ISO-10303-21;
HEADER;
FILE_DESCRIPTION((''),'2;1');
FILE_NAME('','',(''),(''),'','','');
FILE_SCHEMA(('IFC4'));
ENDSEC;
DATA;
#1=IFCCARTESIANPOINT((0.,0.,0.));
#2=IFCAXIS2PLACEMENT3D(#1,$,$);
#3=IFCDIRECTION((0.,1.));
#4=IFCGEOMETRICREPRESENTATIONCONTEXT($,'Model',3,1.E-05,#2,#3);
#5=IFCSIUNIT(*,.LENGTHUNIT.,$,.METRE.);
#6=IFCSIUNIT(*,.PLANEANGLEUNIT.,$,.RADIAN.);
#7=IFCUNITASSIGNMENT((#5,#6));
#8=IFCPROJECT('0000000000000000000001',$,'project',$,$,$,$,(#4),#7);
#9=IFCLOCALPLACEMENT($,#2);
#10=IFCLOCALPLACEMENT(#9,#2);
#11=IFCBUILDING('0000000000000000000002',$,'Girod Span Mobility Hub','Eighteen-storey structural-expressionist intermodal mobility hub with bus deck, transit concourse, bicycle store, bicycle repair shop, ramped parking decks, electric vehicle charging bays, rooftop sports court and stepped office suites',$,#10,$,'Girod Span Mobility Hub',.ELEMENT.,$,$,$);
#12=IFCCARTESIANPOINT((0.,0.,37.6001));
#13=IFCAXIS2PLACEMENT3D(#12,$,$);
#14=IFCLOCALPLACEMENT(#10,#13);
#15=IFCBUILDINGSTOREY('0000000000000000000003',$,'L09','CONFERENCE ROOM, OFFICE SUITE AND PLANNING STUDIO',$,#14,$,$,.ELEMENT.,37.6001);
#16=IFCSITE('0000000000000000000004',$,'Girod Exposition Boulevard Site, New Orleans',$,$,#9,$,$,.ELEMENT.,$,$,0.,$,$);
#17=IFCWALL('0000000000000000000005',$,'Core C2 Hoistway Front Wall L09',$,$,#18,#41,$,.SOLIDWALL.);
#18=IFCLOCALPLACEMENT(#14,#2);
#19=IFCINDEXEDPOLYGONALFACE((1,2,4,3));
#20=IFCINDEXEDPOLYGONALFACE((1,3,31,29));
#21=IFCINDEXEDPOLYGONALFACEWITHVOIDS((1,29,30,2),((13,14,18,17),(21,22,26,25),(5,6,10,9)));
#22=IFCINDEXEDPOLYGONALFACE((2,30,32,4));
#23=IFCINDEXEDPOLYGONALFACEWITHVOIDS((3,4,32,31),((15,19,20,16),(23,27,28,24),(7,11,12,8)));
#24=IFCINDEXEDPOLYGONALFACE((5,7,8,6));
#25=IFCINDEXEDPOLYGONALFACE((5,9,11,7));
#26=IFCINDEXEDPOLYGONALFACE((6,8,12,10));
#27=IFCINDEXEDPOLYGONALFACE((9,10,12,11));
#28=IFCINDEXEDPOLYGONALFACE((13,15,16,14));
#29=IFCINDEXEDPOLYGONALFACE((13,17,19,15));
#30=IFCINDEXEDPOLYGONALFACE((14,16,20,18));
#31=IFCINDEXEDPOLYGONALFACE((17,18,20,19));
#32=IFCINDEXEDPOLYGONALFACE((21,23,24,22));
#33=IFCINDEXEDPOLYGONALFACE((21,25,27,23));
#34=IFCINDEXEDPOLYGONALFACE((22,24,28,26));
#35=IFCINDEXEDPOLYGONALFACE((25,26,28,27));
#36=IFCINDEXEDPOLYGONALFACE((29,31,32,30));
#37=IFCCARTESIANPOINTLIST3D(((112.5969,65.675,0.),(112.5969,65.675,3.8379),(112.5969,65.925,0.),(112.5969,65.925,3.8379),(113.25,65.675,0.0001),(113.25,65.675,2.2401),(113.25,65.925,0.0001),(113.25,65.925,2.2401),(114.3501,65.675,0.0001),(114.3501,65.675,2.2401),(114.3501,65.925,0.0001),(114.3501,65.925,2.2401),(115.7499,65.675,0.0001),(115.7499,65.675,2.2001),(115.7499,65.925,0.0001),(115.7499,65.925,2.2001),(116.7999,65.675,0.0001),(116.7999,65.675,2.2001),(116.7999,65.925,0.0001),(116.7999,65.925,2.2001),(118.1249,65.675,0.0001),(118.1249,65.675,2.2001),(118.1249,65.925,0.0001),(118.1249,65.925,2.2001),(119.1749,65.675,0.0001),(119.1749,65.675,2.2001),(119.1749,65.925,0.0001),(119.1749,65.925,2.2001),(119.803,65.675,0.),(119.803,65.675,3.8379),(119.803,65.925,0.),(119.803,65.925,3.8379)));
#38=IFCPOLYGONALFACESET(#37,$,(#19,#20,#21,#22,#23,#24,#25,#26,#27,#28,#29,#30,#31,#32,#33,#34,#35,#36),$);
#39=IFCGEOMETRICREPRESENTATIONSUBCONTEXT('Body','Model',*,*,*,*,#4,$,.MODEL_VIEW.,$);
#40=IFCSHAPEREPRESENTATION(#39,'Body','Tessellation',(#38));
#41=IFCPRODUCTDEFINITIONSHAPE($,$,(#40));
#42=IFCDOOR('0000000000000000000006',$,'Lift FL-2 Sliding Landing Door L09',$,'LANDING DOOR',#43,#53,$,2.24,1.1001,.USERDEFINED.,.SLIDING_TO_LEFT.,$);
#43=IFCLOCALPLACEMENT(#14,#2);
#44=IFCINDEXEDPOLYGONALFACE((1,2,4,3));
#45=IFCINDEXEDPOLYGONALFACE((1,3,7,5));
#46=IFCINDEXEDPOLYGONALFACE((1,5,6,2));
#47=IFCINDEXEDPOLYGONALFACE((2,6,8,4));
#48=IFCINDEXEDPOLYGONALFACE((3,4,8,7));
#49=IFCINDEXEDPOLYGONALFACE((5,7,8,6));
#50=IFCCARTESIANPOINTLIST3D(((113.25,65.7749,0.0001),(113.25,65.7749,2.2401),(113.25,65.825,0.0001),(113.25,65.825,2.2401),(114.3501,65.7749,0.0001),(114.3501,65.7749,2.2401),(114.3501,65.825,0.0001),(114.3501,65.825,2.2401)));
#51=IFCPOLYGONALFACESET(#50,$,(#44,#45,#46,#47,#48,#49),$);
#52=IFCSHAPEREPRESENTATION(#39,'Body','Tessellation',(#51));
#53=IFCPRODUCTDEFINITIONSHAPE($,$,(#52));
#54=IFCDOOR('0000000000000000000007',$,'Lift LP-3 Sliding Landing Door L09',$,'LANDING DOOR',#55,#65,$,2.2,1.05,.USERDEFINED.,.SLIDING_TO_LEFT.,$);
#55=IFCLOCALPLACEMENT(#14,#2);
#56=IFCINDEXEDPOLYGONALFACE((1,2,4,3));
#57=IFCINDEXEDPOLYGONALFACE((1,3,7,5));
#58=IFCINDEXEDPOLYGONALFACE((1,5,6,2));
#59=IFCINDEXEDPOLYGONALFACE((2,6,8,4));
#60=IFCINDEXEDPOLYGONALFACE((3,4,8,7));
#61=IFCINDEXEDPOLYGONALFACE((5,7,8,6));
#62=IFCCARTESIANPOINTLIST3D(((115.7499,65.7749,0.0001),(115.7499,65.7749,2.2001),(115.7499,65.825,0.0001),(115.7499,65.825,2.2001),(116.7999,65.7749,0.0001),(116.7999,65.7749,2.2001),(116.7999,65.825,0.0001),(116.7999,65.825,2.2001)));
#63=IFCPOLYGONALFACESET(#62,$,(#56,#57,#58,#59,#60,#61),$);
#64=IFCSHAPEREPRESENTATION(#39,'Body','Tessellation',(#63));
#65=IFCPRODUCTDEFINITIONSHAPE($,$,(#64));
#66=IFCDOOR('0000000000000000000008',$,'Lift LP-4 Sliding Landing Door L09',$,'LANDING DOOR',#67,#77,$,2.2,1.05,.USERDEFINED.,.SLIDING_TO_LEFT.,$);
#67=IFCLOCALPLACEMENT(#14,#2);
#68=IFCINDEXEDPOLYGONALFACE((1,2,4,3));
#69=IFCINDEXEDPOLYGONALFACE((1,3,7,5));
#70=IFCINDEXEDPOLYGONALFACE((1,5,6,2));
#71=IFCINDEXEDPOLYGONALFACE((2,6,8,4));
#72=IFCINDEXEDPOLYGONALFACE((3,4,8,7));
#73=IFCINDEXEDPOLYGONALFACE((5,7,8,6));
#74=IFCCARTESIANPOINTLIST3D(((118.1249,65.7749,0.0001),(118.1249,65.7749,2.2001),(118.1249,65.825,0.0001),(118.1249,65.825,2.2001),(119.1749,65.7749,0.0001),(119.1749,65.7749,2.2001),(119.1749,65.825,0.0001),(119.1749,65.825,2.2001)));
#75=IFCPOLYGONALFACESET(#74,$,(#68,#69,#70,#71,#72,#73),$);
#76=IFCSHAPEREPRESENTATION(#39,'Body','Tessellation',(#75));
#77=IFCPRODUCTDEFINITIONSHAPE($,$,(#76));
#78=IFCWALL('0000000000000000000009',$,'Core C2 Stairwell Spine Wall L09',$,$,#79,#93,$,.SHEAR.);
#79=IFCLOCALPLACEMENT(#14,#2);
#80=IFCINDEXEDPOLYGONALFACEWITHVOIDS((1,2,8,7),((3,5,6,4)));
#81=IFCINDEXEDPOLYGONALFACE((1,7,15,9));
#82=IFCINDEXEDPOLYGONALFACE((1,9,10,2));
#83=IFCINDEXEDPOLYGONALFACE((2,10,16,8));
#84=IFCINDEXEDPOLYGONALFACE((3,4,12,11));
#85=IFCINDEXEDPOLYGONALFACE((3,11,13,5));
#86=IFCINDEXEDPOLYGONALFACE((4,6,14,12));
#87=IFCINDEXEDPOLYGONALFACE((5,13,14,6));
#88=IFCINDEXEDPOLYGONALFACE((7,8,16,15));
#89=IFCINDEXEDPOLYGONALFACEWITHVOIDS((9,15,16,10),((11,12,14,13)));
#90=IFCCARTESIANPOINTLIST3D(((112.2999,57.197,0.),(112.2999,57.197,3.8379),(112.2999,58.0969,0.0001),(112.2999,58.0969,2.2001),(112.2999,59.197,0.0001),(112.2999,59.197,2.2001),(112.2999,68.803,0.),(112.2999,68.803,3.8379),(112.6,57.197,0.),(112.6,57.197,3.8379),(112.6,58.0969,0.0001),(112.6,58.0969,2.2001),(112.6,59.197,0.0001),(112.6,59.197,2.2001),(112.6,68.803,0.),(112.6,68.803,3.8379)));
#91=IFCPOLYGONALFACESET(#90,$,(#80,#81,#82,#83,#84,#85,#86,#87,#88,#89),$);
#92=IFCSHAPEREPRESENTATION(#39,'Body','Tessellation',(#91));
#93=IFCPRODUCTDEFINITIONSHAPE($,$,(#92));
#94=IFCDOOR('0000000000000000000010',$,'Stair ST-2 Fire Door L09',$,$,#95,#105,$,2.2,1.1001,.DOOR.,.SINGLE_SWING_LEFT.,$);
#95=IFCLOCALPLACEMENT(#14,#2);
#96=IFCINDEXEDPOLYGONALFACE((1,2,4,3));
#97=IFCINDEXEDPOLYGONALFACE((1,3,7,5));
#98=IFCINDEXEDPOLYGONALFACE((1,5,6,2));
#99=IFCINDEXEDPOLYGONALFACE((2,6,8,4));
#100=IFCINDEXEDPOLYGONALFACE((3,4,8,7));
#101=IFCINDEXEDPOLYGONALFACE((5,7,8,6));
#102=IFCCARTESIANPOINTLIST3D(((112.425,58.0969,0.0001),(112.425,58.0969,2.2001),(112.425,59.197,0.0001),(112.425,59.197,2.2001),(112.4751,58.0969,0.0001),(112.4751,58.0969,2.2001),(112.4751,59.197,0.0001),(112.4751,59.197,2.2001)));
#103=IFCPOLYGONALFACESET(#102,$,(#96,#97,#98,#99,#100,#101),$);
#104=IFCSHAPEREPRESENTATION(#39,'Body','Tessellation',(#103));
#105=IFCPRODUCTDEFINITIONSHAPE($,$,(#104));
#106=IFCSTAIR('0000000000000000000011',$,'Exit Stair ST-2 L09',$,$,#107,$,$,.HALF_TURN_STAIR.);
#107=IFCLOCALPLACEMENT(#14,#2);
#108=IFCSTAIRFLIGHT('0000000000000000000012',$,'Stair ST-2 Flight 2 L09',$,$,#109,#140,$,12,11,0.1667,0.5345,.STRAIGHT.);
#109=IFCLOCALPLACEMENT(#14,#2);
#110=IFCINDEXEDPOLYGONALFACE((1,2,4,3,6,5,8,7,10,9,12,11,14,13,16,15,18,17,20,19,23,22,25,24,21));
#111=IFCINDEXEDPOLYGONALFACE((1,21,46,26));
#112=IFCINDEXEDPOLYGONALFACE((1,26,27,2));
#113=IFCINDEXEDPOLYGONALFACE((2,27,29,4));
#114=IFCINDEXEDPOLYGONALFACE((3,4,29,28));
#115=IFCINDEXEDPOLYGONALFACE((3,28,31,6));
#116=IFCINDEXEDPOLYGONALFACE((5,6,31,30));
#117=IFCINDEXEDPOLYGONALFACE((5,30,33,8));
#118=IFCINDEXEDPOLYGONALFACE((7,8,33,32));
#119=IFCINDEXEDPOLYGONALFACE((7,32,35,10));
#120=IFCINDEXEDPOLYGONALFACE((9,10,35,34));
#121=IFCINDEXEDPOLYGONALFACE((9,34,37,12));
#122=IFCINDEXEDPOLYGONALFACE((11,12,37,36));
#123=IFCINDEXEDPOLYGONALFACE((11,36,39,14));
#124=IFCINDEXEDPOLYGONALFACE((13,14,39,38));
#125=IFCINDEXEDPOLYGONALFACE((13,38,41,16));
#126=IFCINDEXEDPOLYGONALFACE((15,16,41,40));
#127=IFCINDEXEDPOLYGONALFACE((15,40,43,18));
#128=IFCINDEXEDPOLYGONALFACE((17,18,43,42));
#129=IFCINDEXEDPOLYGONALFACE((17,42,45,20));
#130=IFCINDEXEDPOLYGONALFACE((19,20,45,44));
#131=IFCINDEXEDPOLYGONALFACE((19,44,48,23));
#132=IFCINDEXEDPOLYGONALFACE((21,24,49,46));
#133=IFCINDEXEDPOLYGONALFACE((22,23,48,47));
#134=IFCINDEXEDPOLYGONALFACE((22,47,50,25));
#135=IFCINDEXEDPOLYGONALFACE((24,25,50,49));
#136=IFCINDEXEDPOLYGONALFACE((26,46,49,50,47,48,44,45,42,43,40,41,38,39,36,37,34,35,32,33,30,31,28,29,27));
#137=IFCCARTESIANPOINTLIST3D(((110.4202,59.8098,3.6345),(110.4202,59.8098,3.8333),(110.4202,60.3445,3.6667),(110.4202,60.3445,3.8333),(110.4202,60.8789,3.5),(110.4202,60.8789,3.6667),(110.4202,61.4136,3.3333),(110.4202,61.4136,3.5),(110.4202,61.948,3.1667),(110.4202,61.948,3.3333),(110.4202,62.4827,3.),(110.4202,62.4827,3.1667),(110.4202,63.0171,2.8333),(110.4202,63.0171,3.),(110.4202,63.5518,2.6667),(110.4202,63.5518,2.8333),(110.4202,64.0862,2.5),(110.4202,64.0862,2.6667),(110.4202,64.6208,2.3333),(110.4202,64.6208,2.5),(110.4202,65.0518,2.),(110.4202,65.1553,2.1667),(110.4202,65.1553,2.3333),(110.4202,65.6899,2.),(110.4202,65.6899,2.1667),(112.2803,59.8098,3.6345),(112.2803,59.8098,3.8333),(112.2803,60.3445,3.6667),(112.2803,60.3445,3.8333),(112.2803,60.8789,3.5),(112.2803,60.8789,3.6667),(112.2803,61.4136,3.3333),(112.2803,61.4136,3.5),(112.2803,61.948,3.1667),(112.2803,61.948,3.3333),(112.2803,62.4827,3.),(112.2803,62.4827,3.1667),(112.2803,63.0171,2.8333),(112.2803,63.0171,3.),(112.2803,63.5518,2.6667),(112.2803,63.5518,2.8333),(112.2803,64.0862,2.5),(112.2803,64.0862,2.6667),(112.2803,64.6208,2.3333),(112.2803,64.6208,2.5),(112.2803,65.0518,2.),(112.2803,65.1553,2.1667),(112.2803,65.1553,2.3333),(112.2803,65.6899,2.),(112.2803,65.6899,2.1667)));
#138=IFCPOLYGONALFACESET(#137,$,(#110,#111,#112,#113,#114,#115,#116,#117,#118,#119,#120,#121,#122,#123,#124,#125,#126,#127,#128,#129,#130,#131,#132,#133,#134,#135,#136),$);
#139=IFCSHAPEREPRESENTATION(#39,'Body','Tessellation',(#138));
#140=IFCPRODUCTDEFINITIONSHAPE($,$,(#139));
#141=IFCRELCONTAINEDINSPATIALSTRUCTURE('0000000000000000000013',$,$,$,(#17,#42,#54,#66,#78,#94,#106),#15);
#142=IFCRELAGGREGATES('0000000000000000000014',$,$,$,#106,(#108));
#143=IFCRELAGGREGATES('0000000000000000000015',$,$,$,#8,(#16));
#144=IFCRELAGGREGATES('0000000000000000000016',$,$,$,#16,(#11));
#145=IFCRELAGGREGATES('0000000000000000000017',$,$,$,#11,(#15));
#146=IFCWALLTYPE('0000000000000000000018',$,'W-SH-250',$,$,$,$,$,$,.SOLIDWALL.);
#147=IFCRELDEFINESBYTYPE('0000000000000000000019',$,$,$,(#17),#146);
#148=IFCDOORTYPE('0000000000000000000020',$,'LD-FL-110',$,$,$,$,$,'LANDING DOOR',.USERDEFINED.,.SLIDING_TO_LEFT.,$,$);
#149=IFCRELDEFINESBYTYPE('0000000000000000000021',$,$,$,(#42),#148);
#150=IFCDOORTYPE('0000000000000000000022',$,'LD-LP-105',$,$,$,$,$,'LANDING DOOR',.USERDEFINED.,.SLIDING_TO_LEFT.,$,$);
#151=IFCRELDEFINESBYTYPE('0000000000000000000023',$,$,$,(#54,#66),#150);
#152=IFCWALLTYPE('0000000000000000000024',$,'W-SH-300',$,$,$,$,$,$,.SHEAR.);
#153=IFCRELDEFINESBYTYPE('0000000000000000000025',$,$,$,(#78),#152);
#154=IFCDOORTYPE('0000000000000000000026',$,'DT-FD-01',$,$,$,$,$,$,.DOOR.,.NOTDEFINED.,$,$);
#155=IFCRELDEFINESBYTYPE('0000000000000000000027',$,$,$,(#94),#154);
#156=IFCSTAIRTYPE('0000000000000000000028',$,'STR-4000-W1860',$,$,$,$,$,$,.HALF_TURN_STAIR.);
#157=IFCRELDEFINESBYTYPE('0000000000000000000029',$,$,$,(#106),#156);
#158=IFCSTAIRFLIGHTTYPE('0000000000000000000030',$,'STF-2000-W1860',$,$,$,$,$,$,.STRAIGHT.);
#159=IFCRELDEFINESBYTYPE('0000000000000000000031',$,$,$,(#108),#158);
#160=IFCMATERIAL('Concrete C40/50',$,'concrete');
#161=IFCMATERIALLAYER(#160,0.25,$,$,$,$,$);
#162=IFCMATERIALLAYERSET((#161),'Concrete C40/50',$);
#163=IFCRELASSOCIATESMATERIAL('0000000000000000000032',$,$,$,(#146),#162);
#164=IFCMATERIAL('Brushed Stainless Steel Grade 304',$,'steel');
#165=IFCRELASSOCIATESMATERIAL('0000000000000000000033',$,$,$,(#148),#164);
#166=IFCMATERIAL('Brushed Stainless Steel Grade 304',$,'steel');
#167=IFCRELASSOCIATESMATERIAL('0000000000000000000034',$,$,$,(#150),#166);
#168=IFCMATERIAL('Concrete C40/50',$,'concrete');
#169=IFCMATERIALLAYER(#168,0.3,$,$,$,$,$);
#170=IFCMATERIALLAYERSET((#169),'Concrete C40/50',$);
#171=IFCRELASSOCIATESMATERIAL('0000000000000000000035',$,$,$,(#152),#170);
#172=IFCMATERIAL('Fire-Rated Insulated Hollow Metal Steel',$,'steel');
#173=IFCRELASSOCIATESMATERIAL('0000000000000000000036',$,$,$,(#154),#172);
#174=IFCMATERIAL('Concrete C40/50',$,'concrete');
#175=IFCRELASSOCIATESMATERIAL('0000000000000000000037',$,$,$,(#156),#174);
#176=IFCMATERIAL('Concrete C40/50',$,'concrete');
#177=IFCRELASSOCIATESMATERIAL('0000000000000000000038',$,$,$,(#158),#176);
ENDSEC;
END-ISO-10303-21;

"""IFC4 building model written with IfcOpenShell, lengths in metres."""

from ifc_helpers import new_model, si_unit, direction, frame, frame_2d, origin, place, context, subcontext, project, spatial, polyline, rectangle, outline, extrude, material, layer, layer_set, type_object, element, fill, aggregate, save


model = new_model("IFC4")

# Units and contexts
model_context = context("Model", 3, precision=1e-05, world=origin(), true_north=direction((0.0, 1.0)))
body_context = subcontext(model_context, "Body", "Model", "MODEL_VIEW")
ifc_project = project(units=[si_unit("LENGTHUNIT", "METRE"), si_unit("PLANEANGLEUNIT", "RADIAN")], contexts=[model_context])

# Site, building, storey
site_placement = place(None, origin())
site = spatial("IfcSite", under=ifc_project, at=site_placement, Name="Girod Exposition Boulevard Site, New Orleans", CompositionType="ELEMENT", RefElevation=0.0)
building_placement = place(site_placement, origin())
building = spatial("IfcBuilding", under=site, at=building_placement, Name="Girod Span Mobility Hub", Description="Eighteen-storey structural-expressionist intermodal mobility hub with bus deck, transit concourse, bicycle store, bicycle repair shop, ramped parking decks, electric vehicle charging bays, rooftop sports court and stepped office suites", LongName="Girod Span Mobility Hub", CompositionType="ELEMENT")
storey_placement = place(building_placement, frame((0.0, 0.0, 37.6001)))
storey = spatial("IfcBuildingStorey", under=building, at=storey_placement, Name="L09", Description="CONFERENCE ROOM, OFFICE SUITE AND PLANNING STUDIO", CompositionType="ELEMENT", Elevation=37.6001)

# Wall, openings, doors
ifc_material_1 = material(Name="Concrete C40/50", Category="concrete")
ifc_layer_1 = layer(ifc_material_1, 0.25)
ifc_layer_set_1 = layer_set([ifc_layer_1], Name="Concrete C40/50")
wall_type_1 = type_object("IfcWallType", Name="W-SH-250", PredefinedType="SOLIDWALL", material=ifc_layer_set_1)
wall_1_placement = place(storey_placement, frame((112.5969, 65.8, 0.0), z_axis=(0.0, 0.0, 1.0), x_axis=(1.0, 0.0, 0.0)))
wall_1 = element("IfcWall", 1, at=wall_1_placement, inside=storey, type_object=wall_type_1, Name="Core C2 Hoistway Front Wall L09", PredefinedType="SOLIDWALL", context=body_context, shape_type="SweptSolid", body=[
    extrude(rectangle(XDim=7.2061, YDim=0.25, at=frame_2d((3.603, 0.0))), origin(), (0.0, 0.0, 1.0), 3.8379),
])
opening_1_placement = place(wall_1_placement, frame((0.6531, 0.0, 0.0)))
opening_1 = element("IfcOpeningElement", 2, at=opening_1_placement, cuts=wall_1, PredefinedType="OPENING", context=body_context, shape_type="SweptSolid", body=[
    extrude(rectangle(XDim=1.1001, YDim=2.24, at=frame_2d((0.55, 1.1201))), frame((0.0, 0.1399, 0.0), z_axis=(0.0, -1.0, 0.0), x_axis=(1.0, 0.0, 0.0)), (0.0, 0.0, 1.0), 0.28),
])
opening_2_placement = place(wall_1_placement, frame((3.1531, 0.0, 0.0)))
opening_2 = element("IfcOpeningElement", 3, at=opening_2_placement, cuts=wall_1, PredefinedType="OPENING", context=body_context, shape_type="SweptSolid", body=[
    extrude(rectangle(XDim=1.05, YDim=2.2, at=frame_2d((0.5249, 1.1001))), frame((0.0, 0.1399, 0.0), z_axis=(0.0, -1.0, 0.0), x_axis=(1.0, 0.0, 0.0)), (0.0, 0.0, 1.0), 0.28),
])
opening_3_placement = place(wall_1_placement, frame((5.5281, 0.0, 0.0)))
opening_3 = element("IfcOpeningElement", 4, at=opening_3_placement, cuts=wall_1, PredefinedType="OPENING", context=body_context, shape_type="SweptSolid", body=[
    extrude(rectangle(XDim=1.05, YDim=2.2, at=frame_2d((0.5249, 1.1001))), frame((0.0, 0.1399, 0.0), z_axis=(0.0, -1.0, 0.0), x_axis=(1.0, 0.0, 0.0)), (0.0, 0.0, 1.0), 0.28),
])
ifc_material_2 = material(Name="Brushed Stainless Steel Grade 304", Category="steel")
door_type_1 = type_object("IfcDoorType", Name="LD-FL-110", ElementType="LANDING DOOR", OperationType="SLIDING_TO_LEFT", PredefinedType="USERDEFINED", material=ifc_material_2)
door_1_placement = place(opening_1_placement, origin())
door_1 = element("IfcDoor", 5, at=door_1_placement, inside=storey, type_object=door_type_1, Name="Lift FL-2 Sliding Landing Door L09", ObjectType="LANDING DOOR", OperationType="SLIDING_TO_LEFT", OverallHeight=2.24, OverallWidth=1.1001, PredefinedType="USERDEFINED", context=body_context, shape_type="SweptSolid", body=[
    extrude(rectangle(XDim=1.1001, YDim=2.24, at=frame_2d((0.55, 1.1201))), frame((0.0, 0.0249, 0.0), z_axis=(0.0, -1.0, 0.0), x_axis=(1.0, 0.0, 0.0)), (0.0, 0.0, 1.0), 0.05),
])
fill(opening_1, door_1)
ifc_material_3 = material(Name="Brushed Stainless Steel Grade 304", Category="steel")
door_type_2 = type_object("IfcDoorType", Name="LD-LP-105", ElementType="LANDING DOOR", OperationType="SLIDING_TO_LEFT", PredefinedType="USERDEFINED", material=ifc_material_3)
door_2_placement = place(opening_2_placement, origin())
door_2 = element("IfcDoor", 6, at=door_2_placement, inside=storey, type_object=door_type_2, Name="Lift LP-3 Sliding Landing Door L09", ObjectType="LANDING DOOR", OperationType="SLIDING_TO_LEFT", OverallHeight=2.2, OverallWidth=1.05, PredefinedType="USERDEFINED", context=body_context, shape_type="SweptSolid", body=[
    extrude(rectangle(XDim=1.05, YDim=2.2, at=frame_2d((0.5249, 1.1001))), frame((0.0, 0.0249, 0.0), z_axis=(0.0, -1.0, 0.0), x_axis=(1.0, 0.0, 0.0)), (0.0, 0.0, 1.0), 0.05),
])
fill(opening_2, door_2)
door_3_placement = place(opening_3_placement, origin())
door_3 = element("IfcDoor", 7, at=door_3_placement, inside=storey, type_object=door_type_2, Name="Lift LP-4 Sliding Landing Door L09", ObjectType="LANDING DOOR", OperationType="SLIDING_TO_LEFT", OverallHeight=2.2, OverallWidth=1.05, PredefinedType="USERDEFINED", context=body_context, shape_type="SweptSolid", body=[
    extrude(rectangle(XDim=1.05, YDim=2.2, at=frame_2d((0.5249, 1.1001))), frame((0.0, 0.0249, 0.0), z_axis=(0.0, -1.0, 0.0), x_axis=(1.0, 0.0, 0.0)), (0.0, 0.0, 1.0), 0.05),
])
fill(opening_3, door_3)

# Wall, opening, door
ifc_material_4 = material(Name="Concrete C40/50", Category="concrete")
ifc_layer_2 = layer(ifc_material_4, 0.3)
ifc_layer_set_2 = layer_set([ifc_layer_2], Name="Concrete C40/50")
wall_type_2 = type_object("IfcWallType", Name="W-SH-300", PredefinedType="SHEAR", material=ifc_layer_set_2)
wall_2_placement = place(storey_placement, frame((112.45, 57.197, 0.0), z_axis=(0.0, 0.0, 1.0), x_axis=(0.0, 1.0, 0.0)))
wall_2 = element("IfcWall", 8, at=wall_2_placement, inside=storey, type_object=wall_type_2, Name="Core C2 Stairwell Spine Wall L09", PredefinedType="SHEAR", context=body_context, shape_type="SweptSolid", body=[
    extrude(rectangle(XDim=11.606, YDim=0.3, at=frame_2d((5.803, 0.0))), origin(), (0.0, 0.0, 1.0), 3.8379),
])
opening_4_placement = place(wall_2_placement, frame((0.8999, 0.0, 0.0)))
opening_4 = element("IfcOpeningElement", 9, at=opening_4_placement, cuts=wall_2, PredefinedType="OPENING", context=body_context, shape_type="SweptSolid", body=[
    extrude(rectangle(XDim=1.1001, YDim=2.2, at=frame_2d((0.55, 1.1001))), frame((0.0, 0.165, 0.0), z_axis=(0.0, -1.0, 0.0), x_axis=(1.0, 0.0, 0.0)), (0.0, 0.0, 1.0), 0.3301),
])
ifc_material_5 = material(Name="Fire-Rated Insulated Hollow Metal Steel", Category="steel")
door_type_3 = type_object("IfcDoorType", Name="DT-FD-01", OperationType="NOTDEFINED", PredefinedType="DOOR", material=ifc_material_5)
door_4_placement = place(opening_4_placement, origin())
door_4 = element("IfcDoor", 10, at=door_4_placement, inside=storey, type_object=door_type_3, Name="Stair ST-2 Fire Door L09", OperationType="SINGLE_SWING_LEFT", OverallHeight=2.2, OverallWidth=1.1001, PredefinedType="DOOR", context=body_context, shape_type="SweptSolid", body=[
    extrude(rectangle(XDim=1.1001, YDim=2.2, at=frame_2d((0.55, 1.1001))), frame((0.0, 0.0249, 0.0), z_axis=(0.0, -1.0, 0.0), x_axis=(1.0, 0.0, 0.0)), (0.0, 0.0, 1.0), 0.05),
])
fill(opening_4, door_4)

# Stair, stair flight
ifc_material_6 = material(Name="Concrete C40/50", Category="concrete")
stair_type = type_object("IfcStairType", Name="STR-4000-W1860", PredefinedType="HALF_TURN_STAIR", material=ifc_material_6)
stair_placement = place(storey_placement, origin())
stair = element("IfcStair", 11, at=stair_placement, inside=storey, type_object=stair_type, Name="Exit Stair ST-2 L09", PredefinedType="HALF_TURN_STAIR")
ifc_material_7 = material(Name="Concrete C40/50", Category="concrete")
stair_flight_type = type_object("IfcStairFlightType", Name="STF-2000-W1860", PredefinedType="STRAIGHT", material=ifc_material_7)
stair_flight_placement = place(storey_placement, frame((111.3501, 65.6899, 2.0), z_axis=(0.0, 0.0, 1.0), x_axis=(0.0, -1.0, 0.0)))
stair_flight = element("IfcStairFlight", 12, at=stair_flight_placement, type_object=stair_flight_type, Name="Stair ST-2 Flight 2 L09", NumberOfRisers=12, NumberOfTreads=11, PredefinedType="STRAIGHT", RiserHeight=0.1667, TreadLength=0.5345, context=body_context, shape_type="SweptSolid", body=[
    extrude(outline(polyline([(0.0, 0.0), (0.0, 0.1667), (0.5347, 0.1667), (0.5347, 0.3333), (1.0691, 0.3333), (1.0691, 0.5), (1.6038, 0.5), (1.6038, 0.6667), (2.1382, 0.6667), (2.1382, 0.8333), (2.6729, 0.8333), (2.6729, 1.0), (3.2073, 1.0), (3.2073, 1.1667), (3.7419, 1.1667), (3.7419, 1.3333), (4.2764, 1.3333), (4.2764, 1.5), (4.811, 1.5), (4.811, 1.6667), (5.3455, 1.6667), (5.3455, 1.8333), (5.8801, 1.8333), (5.8801, 2.0), (5.8801, 1.6345), (0.6382, 0.0), (0.0, 0.0)])), frame((0.0, 0.9302, 0.0), z_axis=(0.0, -1.0, 0.0), x_axis=(1.0, 0.0, 0.0)), (0.0, 0.0, 1.0), 1.8601),
])
aggregate(stair, [stair_flight])

save(model, "model.ifc")
